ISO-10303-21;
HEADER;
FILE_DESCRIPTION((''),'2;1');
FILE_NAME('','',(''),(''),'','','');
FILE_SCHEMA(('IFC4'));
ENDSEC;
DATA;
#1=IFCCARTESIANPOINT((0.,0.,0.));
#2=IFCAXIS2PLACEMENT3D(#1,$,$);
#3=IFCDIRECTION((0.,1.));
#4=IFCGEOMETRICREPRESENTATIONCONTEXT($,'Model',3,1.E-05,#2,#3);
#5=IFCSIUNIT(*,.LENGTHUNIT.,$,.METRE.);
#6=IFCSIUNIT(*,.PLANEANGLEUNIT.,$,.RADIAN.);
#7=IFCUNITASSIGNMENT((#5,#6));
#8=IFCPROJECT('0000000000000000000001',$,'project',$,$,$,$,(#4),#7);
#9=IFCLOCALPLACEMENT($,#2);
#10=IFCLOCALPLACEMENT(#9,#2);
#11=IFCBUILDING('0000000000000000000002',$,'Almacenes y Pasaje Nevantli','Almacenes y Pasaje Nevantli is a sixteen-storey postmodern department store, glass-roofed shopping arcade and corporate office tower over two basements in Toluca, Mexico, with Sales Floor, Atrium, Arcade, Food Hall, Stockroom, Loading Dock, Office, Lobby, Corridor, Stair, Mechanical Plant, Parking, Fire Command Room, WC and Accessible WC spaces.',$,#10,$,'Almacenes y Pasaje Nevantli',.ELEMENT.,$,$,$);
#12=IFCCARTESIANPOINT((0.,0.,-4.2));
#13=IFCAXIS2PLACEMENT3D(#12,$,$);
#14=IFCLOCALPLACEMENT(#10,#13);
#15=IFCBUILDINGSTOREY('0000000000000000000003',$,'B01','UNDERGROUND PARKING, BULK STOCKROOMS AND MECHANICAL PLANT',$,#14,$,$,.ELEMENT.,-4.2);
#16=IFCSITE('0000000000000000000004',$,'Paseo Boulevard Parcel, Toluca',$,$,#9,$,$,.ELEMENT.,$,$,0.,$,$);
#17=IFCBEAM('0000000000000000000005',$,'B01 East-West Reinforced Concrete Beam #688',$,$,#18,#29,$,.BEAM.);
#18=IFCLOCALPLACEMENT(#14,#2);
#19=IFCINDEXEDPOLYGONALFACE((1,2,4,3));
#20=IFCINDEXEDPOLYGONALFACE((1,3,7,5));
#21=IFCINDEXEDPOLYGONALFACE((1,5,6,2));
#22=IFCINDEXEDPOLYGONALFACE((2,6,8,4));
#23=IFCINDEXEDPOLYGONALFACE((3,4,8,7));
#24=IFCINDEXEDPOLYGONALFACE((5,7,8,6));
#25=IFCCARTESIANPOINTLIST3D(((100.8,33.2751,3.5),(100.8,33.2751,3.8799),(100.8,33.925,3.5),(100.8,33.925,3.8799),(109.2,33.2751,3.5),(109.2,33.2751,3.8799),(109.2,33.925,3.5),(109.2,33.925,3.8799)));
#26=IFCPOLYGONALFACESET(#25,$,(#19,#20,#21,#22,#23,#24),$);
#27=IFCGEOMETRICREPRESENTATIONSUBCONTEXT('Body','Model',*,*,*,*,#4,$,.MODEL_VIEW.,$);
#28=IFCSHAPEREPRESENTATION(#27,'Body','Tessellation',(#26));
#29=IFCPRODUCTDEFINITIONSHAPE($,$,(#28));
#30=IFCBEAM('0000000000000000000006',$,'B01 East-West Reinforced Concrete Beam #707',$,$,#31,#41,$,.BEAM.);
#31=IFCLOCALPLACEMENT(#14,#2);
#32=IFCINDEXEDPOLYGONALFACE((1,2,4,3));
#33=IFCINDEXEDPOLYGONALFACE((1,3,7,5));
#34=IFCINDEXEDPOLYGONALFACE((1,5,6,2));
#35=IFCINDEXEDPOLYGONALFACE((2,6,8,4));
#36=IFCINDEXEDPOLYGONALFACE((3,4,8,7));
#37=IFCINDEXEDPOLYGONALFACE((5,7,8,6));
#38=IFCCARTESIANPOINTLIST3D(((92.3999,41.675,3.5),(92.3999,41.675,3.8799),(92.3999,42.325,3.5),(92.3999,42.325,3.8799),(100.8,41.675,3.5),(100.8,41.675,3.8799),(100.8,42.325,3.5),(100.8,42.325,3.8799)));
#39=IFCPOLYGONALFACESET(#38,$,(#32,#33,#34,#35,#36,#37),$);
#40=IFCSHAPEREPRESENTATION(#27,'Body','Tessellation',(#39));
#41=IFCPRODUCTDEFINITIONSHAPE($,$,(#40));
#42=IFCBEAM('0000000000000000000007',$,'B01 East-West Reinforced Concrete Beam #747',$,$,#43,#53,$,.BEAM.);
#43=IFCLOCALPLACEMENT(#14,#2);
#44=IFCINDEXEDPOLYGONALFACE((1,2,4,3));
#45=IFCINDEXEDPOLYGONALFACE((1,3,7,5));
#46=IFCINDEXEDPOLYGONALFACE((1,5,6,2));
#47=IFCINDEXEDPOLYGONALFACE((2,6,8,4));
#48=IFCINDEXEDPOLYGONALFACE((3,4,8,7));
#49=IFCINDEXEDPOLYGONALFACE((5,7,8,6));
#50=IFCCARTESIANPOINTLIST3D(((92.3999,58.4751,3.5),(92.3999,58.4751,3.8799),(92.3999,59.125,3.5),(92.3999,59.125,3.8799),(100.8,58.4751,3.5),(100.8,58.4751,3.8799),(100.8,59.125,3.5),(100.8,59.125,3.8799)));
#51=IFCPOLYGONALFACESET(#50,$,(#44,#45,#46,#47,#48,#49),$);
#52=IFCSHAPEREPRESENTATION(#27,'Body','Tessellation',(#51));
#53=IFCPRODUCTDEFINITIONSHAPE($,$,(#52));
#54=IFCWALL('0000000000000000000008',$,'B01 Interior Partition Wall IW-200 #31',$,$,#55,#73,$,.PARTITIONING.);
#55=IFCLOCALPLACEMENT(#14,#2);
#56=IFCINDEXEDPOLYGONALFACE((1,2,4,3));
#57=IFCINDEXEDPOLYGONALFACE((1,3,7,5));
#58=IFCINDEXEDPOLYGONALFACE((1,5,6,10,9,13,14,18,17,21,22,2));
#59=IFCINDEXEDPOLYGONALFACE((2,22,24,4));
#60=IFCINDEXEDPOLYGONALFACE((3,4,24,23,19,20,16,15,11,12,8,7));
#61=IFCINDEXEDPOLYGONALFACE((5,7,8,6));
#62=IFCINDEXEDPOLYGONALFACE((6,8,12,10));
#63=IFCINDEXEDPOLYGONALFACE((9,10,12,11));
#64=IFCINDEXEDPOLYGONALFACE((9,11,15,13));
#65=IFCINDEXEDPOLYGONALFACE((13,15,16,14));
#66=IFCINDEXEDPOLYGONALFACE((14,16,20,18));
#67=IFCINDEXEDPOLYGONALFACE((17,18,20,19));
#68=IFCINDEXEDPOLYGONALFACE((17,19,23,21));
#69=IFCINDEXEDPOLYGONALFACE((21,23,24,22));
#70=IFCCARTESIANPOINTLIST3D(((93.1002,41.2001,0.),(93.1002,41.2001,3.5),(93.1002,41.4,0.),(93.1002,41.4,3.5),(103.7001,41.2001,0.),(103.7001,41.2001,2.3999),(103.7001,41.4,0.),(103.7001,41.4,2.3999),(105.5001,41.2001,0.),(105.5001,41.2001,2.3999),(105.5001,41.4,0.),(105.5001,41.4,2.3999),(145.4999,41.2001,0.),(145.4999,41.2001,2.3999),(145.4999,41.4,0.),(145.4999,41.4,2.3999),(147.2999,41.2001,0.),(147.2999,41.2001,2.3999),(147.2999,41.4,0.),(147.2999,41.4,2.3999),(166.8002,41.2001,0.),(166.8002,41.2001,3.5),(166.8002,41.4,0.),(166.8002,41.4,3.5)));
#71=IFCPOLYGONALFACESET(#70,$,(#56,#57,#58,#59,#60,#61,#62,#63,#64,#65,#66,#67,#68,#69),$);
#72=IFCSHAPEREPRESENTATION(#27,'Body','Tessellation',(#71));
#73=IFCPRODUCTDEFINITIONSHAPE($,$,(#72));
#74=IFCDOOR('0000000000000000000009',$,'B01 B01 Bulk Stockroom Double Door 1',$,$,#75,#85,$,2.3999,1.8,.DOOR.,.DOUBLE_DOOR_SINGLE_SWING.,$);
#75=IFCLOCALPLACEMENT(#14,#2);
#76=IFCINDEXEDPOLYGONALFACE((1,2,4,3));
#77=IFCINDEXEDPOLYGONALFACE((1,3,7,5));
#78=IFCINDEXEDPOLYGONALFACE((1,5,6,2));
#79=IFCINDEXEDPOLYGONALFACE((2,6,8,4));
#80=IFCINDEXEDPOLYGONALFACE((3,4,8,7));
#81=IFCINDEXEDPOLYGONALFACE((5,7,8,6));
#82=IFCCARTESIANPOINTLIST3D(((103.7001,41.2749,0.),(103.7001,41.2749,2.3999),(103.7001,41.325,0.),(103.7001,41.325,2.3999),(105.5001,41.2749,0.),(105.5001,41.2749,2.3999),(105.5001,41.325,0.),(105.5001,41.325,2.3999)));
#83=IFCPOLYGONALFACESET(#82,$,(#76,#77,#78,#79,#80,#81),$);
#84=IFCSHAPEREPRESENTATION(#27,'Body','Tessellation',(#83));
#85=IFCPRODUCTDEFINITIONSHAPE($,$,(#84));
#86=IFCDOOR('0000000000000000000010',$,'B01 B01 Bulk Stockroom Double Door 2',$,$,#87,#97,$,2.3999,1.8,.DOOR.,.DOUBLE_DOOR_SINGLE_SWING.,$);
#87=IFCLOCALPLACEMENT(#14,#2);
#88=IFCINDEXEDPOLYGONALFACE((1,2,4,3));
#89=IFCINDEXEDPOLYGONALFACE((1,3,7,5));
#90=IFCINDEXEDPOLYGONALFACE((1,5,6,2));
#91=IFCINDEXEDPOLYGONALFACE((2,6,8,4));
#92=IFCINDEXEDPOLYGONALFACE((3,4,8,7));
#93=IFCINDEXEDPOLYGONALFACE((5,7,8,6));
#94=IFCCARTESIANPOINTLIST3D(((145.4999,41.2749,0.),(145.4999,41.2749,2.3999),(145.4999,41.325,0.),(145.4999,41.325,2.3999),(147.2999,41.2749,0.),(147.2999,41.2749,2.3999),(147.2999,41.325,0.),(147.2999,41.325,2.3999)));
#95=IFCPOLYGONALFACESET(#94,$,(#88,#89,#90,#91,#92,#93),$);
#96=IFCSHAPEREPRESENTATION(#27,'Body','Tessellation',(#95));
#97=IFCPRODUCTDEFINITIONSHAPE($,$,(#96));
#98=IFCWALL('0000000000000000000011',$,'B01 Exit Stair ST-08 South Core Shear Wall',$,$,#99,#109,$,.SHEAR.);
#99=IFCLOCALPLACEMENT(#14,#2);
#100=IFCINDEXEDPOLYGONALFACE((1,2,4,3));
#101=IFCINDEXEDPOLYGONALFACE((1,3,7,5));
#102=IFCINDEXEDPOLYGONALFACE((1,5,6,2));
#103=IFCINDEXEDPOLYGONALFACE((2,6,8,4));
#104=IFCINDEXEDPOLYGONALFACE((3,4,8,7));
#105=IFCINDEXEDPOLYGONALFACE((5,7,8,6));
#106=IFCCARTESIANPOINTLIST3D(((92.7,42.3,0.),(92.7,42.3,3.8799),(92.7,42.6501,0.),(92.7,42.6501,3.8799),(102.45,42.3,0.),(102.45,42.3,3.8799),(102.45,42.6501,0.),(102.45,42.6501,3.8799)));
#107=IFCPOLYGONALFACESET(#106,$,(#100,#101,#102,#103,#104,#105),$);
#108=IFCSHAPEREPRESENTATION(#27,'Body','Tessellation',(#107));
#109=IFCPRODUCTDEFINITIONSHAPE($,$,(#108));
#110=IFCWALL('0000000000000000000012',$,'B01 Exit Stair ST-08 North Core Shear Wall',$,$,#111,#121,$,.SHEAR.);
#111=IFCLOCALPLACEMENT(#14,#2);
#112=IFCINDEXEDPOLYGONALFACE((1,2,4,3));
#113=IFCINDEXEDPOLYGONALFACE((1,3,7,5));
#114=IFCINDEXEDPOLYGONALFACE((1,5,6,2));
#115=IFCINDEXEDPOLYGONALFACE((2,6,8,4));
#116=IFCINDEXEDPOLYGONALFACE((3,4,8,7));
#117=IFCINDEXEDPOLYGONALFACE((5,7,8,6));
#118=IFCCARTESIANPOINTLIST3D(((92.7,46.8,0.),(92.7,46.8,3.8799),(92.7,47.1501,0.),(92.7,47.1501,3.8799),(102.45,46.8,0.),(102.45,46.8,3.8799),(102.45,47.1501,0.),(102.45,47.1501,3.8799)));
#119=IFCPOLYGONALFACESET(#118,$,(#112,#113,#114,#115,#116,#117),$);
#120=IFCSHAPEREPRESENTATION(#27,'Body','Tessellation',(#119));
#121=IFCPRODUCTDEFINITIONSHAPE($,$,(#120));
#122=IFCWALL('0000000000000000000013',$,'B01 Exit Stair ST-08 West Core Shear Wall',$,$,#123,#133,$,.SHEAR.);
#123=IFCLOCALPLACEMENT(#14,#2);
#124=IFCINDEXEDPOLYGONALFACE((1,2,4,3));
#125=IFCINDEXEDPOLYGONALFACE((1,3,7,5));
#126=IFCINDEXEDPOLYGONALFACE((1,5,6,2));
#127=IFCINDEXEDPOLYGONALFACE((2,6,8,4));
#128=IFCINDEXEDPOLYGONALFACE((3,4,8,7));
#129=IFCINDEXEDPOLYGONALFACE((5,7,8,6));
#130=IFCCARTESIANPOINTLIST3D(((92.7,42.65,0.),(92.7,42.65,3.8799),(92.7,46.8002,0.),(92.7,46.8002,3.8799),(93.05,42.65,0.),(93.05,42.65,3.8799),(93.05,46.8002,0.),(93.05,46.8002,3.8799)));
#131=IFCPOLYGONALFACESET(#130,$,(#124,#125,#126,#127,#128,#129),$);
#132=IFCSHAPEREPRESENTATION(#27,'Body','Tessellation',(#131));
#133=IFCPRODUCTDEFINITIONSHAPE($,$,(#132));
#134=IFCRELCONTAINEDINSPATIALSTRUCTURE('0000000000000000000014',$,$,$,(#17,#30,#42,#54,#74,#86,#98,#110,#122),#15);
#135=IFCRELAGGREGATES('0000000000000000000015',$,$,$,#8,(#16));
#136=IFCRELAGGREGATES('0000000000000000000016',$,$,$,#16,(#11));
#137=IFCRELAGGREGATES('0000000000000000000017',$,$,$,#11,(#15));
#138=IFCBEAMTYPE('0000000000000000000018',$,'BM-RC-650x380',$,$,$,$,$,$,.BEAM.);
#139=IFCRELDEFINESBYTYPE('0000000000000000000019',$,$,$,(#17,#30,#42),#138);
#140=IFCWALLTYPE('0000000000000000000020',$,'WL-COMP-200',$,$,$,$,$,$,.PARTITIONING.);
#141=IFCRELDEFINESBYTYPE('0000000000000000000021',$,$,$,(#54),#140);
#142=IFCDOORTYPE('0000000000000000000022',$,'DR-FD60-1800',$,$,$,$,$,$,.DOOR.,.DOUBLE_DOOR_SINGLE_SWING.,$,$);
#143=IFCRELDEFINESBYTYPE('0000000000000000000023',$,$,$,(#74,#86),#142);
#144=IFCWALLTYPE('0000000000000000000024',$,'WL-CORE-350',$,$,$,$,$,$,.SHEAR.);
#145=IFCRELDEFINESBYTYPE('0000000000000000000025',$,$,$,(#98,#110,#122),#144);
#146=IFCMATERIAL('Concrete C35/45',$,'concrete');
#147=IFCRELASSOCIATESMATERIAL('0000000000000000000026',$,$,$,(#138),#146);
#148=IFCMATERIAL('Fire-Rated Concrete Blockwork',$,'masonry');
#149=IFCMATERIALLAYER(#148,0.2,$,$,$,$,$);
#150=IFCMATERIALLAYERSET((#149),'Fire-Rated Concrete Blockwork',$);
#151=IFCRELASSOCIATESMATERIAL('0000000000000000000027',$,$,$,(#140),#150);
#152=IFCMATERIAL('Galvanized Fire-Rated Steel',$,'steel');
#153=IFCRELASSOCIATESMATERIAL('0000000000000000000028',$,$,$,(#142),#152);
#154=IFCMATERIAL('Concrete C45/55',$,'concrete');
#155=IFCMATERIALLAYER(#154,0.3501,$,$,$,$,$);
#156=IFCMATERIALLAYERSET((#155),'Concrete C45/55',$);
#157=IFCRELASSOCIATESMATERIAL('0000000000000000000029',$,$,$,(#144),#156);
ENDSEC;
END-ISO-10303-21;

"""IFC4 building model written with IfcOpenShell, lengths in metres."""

from ifc_helpers import new_model, si_unit, direction, frame, frame_2d, origin, origin_2d, place, context, subcontext, project, spatial, rectangle, extrude, material, layer, layer_set, material_profile, profile_set, type_object, element, fill, save


model = new_model("IFC4")

# Units and contexts
model_context = context("Model", 3, precision=1e-05, world=origin(), true_north=direction((0.0, 1.0)))
body_context = subcontext(model_context, "Body", "Model", "MODEL_VIEW")
ifc_project = project(units=[si_unit("LENGTHUNIT", "METRE"), si_unit("PLANEANGLEUNIT", "RADIAN")], contexts=[model_context])

# Site, building, storey
site_placement = place(None, origin())
site = spatial("IfcSite", under=ifc_project, at=site_placement, Name="Paseo Boulevard Parcel, Toluca", CompositionType="ELEMENT", RefElevation=0.0)
building_placement = place(site_placement, origin())
building = spatial("IfcBuilding", under=site, at=building_placement, Name="Almacenes y Pasaje Nevantli", Description="Almacenes y Pasaje Nevantli is a sixteen-storey postmodern department store, glass-roofed shopping arcade and corporate office tower over two basements in Toluca, Mexico, with Sales Floor, Atrium, Arcade, Food Hall, Stockroom, Loading Dock, Office, Lobby, Corridor, Stair, Mechanical Plant, Parking, Fire Command Room, WC and Accessible WC spaces.", LongName="Almacenes y Pasaje Nevantli", CompositionType="ELEMENT")
storey_placement = place(building_placement, frame((0.0, 0.0, -4.2)))
storey = spatial("IfcBuildingStorey", under=building, at=storey_placement, Name="B01", Description="UNDERGROUND PARKING, BULK STOCKROOMS AND MECHANICAL PLANT", CompositionType="ELEMENT", Elevation=-4.2)

# Beams
ifc_material_1 = material(Name="Concrete C35/45", Category="concrete")
ifc_material_profile_1 = material_profile(ifc_material_1, rectangle(XDim=0.6499, YDim=0.3799, at=origin_2d()), Name="RC-BM-650x380")
ifc_profile_set_1 = profile_set([ifc_material_profile_1], Name="Concrete C35/45")
beam_type_1 = type_object("IfcBeamType", Name="BM-RC-650x380", PredefinedType="BEAM", material=ifc_profile_set_1)
beam_1_placement = place(storey_placement, frame((100.8, 33.6001, 3.6899), z_axis=(1.0, 0.0, 0.0), x_axis=(0.0, 1.0, 0.0)))
element("IfcBeam", 1, at=beam_1_placement, inside=storey, type_object=beam_type_1, Name="B01 East-West Reinforced Concrete Beam #688", PredefinedType="BEAM", context=body_context, shape_type="SweptSolid", body=[
    extrude(rectangle(XDim=0.6499, YDim=0.3799, at=origin_2d()), origin(), (0.0, 0.0, 1.0), 8.3999),
])
for number, where, z_axis, x_axis, name in (
    (2, (92.3999, 42.0, 3.6899), (1.0, 0.0, 0.0), (0.0, 1.0, 0.0), "B01 East-West Reinforced Concrete Beam #707"),
    (3, (92.3999, 58.8, 3.6899), (1.0, 0.0, 0.0), (0.0, 1.0, 0.0), "B01 East-West Reinforced Concrete Beam #747"),
):
    element("IfcBeam", number, at=place(storey_placement, frame(where, z_axis=z_axis, x_axis=x_axis)), inside=storey, type_object=beam_type_1, Name=name, PredefinedType="BEAM", context=body_context, shape_type="SweptSolid", body=[
        extrude(rectangle(XDim=0.6499, YDim=0.3799, at=origin_2d()), origin(), (0.0, 0.0, 1.0), 8.4001),
    ])

# Wall, openings, doors
ifc_material_2 = material(Name="Fire-Rated Concrete Blockwork", Category="masonry")
ifc_layer_1 = layer(ifc_material_2, 0.2)
ifc_layer_set_1 = layer_set([ifc_layer_1], Name="Fire-Rated Concrete Blockwork")
wall_type_1 = type_object("IfcWallType", Name="WL-COMP-200", PredefinedType="PARTITIONING", material=ifc_layer_set_1)
wall_1_placement = place(storey_placement, frame((93.1001, 41.3, 0.0), z_axis=(0.0, 0.0, 1.0), x_axis=(1.0, 0.0, 0.0)))
wall_1 = element("IfcWall", 4, at=wall_1_placement, inside=storey, type_object=wall_type_1, Name="B01 Interior Partition Wall IW-200 #31", PredefinedType="PARTITIONING", context=body_context, shape_type="SweptSolid", body=[
    extrude(rectangle(XDim=73.7, YDim=0.2, at=frame_2d((36.8501, 0.0))), origin(), (0.0, 0.0, 1.0), 3.5),
])
opening_1_placement = place(wall_1_placement, frame((10.6001, 0.0, 0.0)))
opening_1 = element("IfcOpeningElement", 5, at=opening_1_placement, cuts=wall_1, PredefinedType="OPENING", context=body_context, shape_type="SweptSolid", body=[
    extrude(rectangle(XDim=1.8, YDim=2.3999, at=frame_2d((0.8999, 1.2))), frame((0.0, 0.1099, 0.0), z_axis=(0.0, -1.0, 0.0), x_axis=(1.0, 0.0, 0.0)), (0.0, 0.0, 1.0), 0.22),
])
opening_2_placement = place(wall_1_placement, frame((52.3999, 0.0, 0.0)))
opening_2 = element("IfcOpeningElement", 6, at=opening_2_placement, cuts=wall_1, PredefinedType="OPENING", context=body_context, shape_type="SweptSolid", body=[
    extrude(rectangle(XDim=1.8, YDim=2.3999, at=frame_2d((0.8999, 1.2))), frame((0.0, 0.1099, 0.0), z_axis=(0.0, -1.0, 0.0), x_axis=(1.0, 0.0, 0.0)), (0.0, 0.0, 1.0), 0.22),
])
ifc_material_3 = material(Name="Galvanized Fire-Rated Steel", Category="steel")
door_type = type_object("IfcDoorType", Name="DR-FD60-1800", OperationType="DOUBLE_DOOR_SINGLE_SWING", PredefinedType="DOOR", material=ifc_material_3)
door_1_placement = place(opening_1_placement, origin())
door_1 = element("IfcDoor", 7, at=door_1_placement, inside=storey, type_object=door_type, Name="B01 B01 Bulk Stockroom Double Door 1", OperationType="DOUBLE_DOOR_SINGLE_SWING", OverallHeight=2.3999, OverallWidth=1.8, PredefinedType="DOOR", context=body_context, shape_type="SweptSolid", body=[
    extrude(rectangle(XDim=1.8, YDim=2.3999, at=frame_2d((0.8999, 1.2))), frame((0.0, 0.0249, 0.0), z_axis=(0.0, -1.0, 0.0), x_axis=(1.0, 0.0, 0.0)), (0.0, 0.0, 1.0), 0.05),
])
fill(opening_1, door_1)
door_2_placement = place(opening_2_placement, origin())
door_2 = element("IfcDoor", 8, at=door_2_placement, inside=storey, type_object=door_type, Name="B01 B01 Bulk Stockroom Double Door 2", OperationType="DOUBLE_DOOR_SINGLE_SWING", OverallHeight=2.3999, OverallWidth=1.8, PredefinedType="DOOR", context=body_context, shape_type="SweptSolid", body=[
    extrude(rectangle(XDim=1.8, YDim=2.3999, at=frame_2d((0.8999, 1.2))), frame((0.0, 0.0249, 0.0), z_axis=(0.0, -1.0, 0.0), x_axis=(1.0, 0.0, 0.0)), (0.0, 0.0, 1.0), 0.05),
])
fill(opening_2, door_2)

# Walls
ifc_material_4 = material(Name="Concrete C45/55", Category="concrete")
ifc_layer_2 = layer(ifc_material_4, 0.3501)
ifc_layer_set_2 = layer_set([ifc_layer_2], Name="Concrete C45/55")
wall_type_2 = type_object("IfcWallType", Name="WL-CORE-350", PredefinedType="SHEAR", material=ifc_layer_set_2)
for number, where, z_axis, x_axis, name in (
    (9, (92.7, 42.4751, 0.0), (0.0, 0.0, 1.0), (1.0, 0.0, 0.0), "B01 Exit Stair ST-08 South Core Shear Wall"),
    (10, (92.7, 46.9751, 0.0), (0.0, 0.0, 1.0), (1.0, 0.0, 0.0), "B01 Exit Stair ST-08 North Core Shear Wall"),
):
    element("IfcWall", number, at=place(storey_placement, frame(where, z_axis=z_axis, x_axis=x_axis)), inside=storey, type_object=wall_type_2, Name=name, PredefinedType="SHEAR", context=body_context, shape_type="SweptSolid", body=[
        extrude(rectangle(XDim=9.75, YDim=0.3501, at=frame_2d((4.875, 0.0))), origin(), (0.0, 0.0, 1.0), 3.8799),
    ])
wall_2_placement = place(storey_placement, frame((92.875, 42.6499, 0.0), z_axis=(0.0, 0.0, 1.0), x_axis=(0.0, 1.0, 0.0)))
element("IfcWall", 11, at=wall_2_placement, inside=storey, type_object=wall_type_2, Name="B01 Exit Stair ST-08 West Core Shear Wall", PredefinedType="SHEAR", context=body_context, shape_type="SweptSolid", body=[
    extrude(rectangle(XDim=4.1501, YDim=0.3501, at=frame_2d((2.0752, 0.0))), origin(), (0.0, 0.0, 1.0), 3.8799),
])

save(model, "model.ifc")
